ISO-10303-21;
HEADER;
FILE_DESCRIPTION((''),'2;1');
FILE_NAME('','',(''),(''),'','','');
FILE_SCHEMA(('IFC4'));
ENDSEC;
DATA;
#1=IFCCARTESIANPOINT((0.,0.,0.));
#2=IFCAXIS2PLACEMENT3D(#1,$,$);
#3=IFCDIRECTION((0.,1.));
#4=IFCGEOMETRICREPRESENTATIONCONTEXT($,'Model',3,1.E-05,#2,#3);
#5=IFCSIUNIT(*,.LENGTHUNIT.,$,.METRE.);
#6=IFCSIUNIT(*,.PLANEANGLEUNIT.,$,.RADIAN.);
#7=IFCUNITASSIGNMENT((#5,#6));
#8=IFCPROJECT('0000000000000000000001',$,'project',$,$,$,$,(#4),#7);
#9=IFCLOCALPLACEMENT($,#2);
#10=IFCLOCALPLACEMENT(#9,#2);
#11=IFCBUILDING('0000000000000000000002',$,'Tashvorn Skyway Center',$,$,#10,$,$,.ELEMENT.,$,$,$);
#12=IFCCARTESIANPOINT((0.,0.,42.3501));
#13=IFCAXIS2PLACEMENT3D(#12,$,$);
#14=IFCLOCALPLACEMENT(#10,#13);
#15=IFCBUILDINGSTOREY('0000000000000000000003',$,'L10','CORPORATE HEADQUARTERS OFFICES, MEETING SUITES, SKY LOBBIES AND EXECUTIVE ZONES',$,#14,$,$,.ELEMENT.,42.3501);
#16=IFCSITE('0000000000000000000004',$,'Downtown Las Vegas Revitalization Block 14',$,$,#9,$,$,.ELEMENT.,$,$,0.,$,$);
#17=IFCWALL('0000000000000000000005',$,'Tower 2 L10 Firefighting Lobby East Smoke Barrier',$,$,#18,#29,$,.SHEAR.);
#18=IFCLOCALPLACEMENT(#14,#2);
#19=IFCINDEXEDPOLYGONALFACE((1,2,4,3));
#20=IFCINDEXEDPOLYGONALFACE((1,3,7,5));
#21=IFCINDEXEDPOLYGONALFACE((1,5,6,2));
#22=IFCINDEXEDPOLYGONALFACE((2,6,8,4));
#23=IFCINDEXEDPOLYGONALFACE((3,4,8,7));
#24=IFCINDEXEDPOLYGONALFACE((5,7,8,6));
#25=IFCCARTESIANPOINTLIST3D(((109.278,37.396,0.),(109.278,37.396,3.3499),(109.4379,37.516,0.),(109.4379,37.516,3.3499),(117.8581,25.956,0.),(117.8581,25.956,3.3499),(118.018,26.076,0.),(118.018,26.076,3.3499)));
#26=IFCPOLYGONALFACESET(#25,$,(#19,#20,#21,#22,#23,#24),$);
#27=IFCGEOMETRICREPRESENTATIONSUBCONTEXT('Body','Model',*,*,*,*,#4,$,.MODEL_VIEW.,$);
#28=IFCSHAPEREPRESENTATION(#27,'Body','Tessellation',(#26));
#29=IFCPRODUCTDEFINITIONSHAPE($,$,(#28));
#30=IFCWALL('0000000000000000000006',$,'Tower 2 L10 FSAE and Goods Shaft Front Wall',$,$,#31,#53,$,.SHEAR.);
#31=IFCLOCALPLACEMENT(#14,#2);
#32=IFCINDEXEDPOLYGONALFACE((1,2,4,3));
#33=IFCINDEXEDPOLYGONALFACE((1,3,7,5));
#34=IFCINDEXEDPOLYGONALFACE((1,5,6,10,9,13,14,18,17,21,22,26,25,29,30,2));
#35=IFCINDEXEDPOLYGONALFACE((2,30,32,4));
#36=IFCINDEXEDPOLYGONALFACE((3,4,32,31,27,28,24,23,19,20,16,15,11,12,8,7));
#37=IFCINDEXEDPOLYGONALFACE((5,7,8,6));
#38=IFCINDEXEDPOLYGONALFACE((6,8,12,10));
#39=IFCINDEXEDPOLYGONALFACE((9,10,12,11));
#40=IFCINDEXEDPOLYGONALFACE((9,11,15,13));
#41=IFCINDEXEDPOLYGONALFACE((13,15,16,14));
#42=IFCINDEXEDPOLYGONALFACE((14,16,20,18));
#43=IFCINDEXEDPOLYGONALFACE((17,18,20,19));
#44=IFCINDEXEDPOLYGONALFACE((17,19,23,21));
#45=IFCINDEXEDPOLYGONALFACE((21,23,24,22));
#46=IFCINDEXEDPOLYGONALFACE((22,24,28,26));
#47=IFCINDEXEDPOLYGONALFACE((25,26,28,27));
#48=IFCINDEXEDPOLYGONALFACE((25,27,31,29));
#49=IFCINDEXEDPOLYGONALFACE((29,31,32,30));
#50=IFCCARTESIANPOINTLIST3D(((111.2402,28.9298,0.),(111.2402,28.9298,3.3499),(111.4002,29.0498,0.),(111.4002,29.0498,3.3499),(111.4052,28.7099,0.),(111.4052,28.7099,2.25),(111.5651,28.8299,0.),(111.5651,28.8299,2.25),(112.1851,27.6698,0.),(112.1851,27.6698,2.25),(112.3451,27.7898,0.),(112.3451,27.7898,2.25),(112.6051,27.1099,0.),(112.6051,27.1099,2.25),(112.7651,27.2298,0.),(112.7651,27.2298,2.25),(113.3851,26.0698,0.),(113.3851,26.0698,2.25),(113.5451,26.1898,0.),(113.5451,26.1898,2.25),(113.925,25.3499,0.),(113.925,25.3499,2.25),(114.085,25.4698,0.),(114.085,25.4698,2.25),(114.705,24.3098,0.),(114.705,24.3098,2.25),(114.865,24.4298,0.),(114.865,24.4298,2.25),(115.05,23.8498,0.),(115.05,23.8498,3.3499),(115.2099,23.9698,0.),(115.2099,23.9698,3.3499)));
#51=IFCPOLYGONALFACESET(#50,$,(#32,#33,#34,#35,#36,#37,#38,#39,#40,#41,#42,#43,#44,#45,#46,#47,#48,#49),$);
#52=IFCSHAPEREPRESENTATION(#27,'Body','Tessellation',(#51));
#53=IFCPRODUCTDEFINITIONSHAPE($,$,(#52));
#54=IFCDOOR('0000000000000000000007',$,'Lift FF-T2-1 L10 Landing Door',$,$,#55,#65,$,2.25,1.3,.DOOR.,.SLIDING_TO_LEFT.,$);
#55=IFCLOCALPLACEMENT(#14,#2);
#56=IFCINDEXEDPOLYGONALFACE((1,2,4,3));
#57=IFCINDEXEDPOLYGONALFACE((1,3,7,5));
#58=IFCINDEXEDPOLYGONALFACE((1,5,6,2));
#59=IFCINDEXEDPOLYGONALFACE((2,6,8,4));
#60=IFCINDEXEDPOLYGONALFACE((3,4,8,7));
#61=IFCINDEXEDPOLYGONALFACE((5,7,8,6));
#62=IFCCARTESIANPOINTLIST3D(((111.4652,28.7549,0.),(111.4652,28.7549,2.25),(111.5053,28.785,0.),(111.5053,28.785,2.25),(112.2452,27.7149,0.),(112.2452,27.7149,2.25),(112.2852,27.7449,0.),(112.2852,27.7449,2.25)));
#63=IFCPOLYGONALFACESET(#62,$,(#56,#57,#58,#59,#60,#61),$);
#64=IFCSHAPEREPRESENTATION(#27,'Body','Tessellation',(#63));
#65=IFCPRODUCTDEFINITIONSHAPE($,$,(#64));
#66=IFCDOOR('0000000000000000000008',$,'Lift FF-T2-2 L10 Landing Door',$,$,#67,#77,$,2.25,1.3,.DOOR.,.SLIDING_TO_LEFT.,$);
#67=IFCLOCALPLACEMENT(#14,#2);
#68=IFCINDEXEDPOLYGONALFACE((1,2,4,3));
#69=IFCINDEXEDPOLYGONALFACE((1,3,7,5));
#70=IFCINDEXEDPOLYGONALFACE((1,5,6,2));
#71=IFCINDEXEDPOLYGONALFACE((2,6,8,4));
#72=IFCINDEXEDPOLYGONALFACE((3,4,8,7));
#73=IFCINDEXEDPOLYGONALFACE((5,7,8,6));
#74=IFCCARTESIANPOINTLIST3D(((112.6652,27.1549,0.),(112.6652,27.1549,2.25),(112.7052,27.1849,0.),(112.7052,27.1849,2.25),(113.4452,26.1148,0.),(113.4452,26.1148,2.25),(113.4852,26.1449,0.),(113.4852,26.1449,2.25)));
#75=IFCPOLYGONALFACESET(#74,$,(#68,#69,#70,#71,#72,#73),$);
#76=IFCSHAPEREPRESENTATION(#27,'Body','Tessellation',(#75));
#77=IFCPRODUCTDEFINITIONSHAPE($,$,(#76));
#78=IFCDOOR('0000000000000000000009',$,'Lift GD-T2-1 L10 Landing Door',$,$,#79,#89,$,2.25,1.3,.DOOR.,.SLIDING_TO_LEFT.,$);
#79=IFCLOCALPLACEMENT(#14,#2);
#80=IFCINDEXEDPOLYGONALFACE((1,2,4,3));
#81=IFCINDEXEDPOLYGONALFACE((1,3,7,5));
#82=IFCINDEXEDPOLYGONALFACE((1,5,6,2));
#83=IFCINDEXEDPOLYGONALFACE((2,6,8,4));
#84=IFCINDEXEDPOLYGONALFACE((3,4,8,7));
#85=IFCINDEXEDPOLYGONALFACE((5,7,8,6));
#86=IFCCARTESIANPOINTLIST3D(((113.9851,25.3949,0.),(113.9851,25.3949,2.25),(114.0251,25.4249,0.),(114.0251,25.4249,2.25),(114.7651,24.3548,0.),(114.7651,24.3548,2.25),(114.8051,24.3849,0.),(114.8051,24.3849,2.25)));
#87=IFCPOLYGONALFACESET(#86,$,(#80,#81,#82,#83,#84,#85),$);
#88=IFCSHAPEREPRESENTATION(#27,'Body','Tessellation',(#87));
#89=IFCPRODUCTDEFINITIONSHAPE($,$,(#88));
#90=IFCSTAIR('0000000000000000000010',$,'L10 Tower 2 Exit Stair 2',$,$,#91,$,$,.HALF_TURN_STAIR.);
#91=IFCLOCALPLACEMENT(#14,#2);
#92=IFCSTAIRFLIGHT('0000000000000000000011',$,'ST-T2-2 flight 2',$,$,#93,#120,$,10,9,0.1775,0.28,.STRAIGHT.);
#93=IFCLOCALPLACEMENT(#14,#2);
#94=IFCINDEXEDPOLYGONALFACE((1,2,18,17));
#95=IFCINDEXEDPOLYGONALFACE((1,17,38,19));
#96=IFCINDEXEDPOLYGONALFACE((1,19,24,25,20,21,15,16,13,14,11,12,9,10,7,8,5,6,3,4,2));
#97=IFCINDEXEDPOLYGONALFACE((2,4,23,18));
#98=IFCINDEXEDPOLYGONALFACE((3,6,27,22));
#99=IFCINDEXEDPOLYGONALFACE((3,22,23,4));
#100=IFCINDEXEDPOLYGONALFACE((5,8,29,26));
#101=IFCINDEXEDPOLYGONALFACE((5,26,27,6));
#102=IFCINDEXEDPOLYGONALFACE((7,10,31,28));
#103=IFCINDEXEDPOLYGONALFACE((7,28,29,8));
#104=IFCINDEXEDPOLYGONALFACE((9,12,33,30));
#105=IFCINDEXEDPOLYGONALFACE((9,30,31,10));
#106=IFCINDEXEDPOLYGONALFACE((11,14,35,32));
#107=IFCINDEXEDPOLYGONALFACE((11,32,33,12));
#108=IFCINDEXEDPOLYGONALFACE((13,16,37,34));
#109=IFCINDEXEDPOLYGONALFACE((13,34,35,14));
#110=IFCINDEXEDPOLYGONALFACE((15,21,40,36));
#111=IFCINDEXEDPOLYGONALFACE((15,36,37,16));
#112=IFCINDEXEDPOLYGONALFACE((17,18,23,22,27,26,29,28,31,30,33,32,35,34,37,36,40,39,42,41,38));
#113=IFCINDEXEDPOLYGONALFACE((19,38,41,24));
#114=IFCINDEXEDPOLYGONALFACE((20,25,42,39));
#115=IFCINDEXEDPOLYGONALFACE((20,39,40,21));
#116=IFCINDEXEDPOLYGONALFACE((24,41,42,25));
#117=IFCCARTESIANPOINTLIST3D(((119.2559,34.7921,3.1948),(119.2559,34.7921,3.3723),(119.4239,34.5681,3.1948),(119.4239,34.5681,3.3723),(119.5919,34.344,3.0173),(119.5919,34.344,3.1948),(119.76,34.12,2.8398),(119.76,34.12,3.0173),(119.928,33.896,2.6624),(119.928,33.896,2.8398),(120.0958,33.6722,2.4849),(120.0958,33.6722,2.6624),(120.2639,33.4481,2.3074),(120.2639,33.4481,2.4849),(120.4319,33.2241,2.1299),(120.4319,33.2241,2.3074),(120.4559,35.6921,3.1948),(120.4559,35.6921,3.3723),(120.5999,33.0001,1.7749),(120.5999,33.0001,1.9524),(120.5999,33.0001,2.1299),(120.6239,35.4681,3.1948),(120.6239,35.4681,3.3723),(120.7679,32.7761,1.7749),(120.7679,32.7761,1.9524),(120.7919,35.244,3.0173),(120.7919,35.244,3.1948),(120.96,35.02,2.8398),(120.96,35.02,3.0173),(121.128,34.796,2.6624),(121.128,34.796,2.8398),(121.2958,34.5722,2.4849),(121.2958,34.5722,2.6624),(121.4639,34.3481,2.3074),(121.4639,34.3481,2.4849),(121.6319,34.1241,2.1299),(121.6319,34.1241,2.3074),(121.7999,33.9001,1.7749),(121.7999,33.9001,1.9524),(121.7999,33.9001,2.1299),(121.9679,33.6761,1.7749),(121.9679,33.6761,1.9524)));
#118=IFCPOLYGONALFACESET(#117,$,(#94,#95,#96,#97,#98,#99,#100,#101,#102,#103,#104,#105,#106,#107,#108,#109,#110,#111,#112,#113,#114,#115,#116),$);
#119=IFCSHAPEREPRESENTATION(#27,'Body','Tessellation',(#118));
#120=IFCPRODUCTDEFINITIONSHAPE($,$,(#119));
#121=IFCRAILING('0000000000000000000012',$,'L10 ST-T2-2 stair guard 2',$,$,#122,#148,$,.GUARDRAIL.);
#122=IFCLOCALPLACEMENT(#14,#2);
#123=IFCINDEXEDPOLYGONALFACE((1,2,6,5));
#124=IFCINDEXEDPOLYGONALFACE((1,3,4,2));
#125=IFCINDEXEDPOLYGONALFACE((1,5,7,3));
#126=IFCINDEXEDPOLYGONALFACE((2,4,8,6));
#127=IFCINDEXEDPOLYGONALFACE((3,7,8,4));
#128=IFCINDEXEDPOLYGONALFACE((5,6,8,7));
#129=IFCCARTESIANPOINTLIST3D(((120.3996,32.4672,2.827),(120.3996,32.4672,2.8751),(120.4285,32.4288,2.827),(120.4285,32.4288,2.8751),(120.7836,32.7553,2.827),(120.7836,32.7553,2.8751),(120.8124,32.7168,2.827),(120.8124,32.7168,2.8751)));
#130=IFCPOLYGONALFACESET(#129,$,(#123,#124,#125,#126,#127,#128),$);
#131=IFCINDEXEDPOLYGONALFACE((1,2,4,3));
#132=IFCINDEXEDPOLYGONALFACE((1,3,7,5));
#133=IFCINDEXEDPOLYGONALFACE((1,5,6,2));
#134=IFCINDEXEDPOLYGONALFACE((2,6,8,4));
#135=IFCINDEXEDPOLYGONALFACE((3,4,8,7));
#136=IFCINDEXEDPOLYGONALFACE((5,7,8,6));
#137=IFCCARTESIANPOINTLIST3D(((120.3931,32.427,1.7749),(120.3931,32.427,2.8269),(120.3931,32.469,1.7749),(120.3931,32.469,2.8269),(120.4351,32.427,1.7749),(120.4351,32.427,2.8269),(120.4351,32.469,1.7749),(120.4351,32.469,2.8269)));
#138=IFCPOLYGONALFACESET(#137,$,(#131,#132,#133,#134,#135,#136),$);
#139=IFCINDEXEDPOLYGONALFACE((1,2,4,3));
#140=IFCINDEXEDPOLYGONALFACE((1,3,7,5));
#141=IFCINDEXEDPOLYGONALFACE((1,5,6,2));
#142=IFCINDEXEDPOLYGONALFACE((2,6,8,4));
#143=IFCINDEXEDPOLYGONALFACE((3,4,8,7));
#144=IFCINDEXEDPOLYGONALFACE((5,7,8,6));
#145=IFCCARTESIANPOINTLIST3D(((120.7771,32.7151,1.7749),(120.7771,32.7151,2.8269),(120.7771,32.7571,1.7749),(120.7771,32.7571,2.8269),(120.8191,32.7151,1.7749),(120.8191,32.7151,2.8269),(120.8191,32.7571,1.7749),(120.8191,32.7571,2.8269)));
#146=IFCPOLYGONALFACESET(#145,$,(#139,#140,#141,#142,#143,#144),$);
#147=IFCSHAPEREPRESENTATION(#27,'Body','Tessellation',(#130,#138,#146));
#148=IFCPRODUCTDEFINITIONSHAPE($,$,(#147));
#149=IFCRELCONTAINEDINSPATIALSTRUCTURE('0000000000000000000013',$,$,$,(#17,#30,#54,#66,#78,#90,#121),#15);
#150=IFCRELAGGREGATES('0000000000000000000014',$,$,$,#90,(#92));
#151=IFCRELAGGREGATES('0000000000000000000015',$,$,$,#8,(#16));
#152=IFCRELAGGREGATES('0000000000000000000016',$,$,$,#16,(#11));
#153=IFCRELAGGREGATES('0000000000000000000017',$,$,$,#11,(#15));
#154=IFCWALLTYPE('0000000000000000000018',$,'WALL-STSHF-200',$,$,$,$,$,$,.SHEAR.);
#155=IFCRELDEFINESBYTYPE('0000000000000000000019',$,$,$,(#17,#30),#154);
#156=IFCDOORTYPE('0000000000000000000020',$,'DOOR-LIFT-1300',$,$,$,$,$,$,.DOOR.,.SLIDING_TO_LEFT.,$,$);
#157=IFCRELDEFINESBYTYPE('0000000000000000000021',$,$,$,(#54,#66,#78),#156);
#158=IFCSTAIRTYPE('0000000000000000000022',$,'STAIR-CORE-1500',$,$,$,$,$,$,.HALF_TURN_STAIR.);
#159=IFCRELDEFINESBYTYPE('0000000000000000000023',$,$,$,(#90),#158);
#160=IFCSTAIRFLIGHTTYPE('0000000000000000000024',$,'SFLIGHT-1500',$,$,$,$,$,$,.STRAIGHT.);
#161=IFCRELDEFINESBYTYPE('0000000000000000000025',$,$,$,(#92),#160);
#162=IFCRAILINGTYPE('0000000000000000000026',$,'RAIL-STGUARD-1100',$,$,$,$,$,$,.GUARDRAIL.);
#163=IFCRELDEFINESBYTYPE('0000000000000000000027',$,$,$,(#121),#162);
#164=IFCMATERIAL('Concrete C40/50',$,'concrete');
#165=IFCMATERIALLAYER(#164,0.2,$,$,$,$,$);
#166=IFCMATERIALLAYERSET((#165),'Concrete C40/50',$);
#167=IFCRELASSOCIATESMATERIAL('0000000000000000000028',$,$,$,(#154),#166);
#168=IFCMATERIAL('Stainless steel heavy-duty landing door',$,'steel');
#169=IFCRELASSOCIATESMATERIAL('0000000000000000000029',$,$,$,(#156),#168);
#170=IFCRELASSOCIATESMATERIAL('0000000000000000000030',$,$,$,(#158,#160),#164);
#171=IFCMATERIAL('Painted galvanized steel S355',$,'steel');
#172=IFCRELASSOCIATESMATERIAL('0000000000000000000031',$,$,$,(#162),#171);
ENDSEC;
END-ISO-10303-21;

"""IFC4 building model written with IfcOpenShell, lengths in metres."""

from ifc_helpers import new_model, si_unit, direction, frame, frame_2d, origin, origin_2d, place, context, subcontext, project, spatial, polyline, rectangle, outline, extrude, material, layer, layer_set, type_object, element, fill, aggregate, save


model = new_model("IFC4")

# Units and contexts
model_context = context("Model", 3, precision=1e-05, world=origin(), true_north=direction((0.0, 1.0)))
body_context = subcontext(model_context, "Body", "Model", "MODEL_VIEW")
ifc_project = project(units=[si_unit("LENGTHUNIT", "METRE"), si_unit("PLANEANGLEUNIT", "RADIAN")], contexts=[model_context])

# Site, building, storey
site_placement = place(None, origin())
site = spatial("IfcSite", under=ifc_project, at=site_placement, Name="Downtown Las Vegas Revitalization Block 14", CompositionType="ELEMENT", RefElevation=0.0)
building_placement = place(site_placement, origin())
building = spatial("IfcBuilding", under=site, at=building_placement, Name="Tashvorn Skyway Center", CompositionType="ELEMENT")
storey_placement = place(building_placement, frame((0.0, 0.0, 42.3501)))
storey = spatial("IfcBuildingStorey", under=building, at=storey_placement, Name="L10", Description="CORPORATE HEADQUARTERS OFFICES, MEETING SUITES, SKY LOBBIES AND EXECUTIVE ZONES", CompositionType="ELEMENT", Elevation=42.3501)

# Shared definitions
ifc_material_1 = material(Name="Concrete C40/50", Category="concrete")

# Wall
ifc_layer_1 = layer(ifc_material_1, 0.2)
ifc_layer_set_1 = layer_set([ifc_layer_1], Name="Concrete C40/50")
wall_type_1 = type_object("IfcWallType", Name="WALL-STSHF-200", PredefinedType="SHEAR", material=ifc_layer_set_1)
wall_1_placement = place(storey_placement, frame((117.938, 26.0161, 0.0), z_axis=(0.0, 0.0, 1.0), x_axis=(-0.600005, 0.799996, 0.0)))
element("IfcWall", 1, at=wall_1_placement, inside=storey, type_object=wall_type_1, Name="Tower 2 L10 Firefighting Lobby East Smoke Barrier", PredefinedType="SHEAR", context=body_context, shape_type="SweptSolid", body=[
    extrude(rectangle(XDim=14.3, YDim=0.2, at=frame_2d((7.1499, 0.0))), origin(), (0.0, 0.0, 1.0), 3.3499),
])

# Wall, openings, doors
wall_2_placement = place(storey_placement, frame((115.1299, 23.9099, 0.0), z_axis=(0.0, 0.0, 1.0), x_axis=(-0.599975, 0.800018, 0.0)))
wall_2 = element("IfcWall", 2, at=wall_2_placement, inside=storey, type_object=wall_type_1, Name="Tower 2 L10 FSAE and Goods Shaft Front Wall", PredefinedType="SHEAR", context=body_context, shape_type="SweptSolid", body=[
    extrude(rectangle(XDim=6.3499, YDim=0.2, at=frame_2d((3.1748, 0.0))), origin(), (0.0, 0.0, 1.0), 3.3499),
])
opening_1_placement = place(wall_2_placement, frame((4.7749, 0.0, 0.0)))
opening_1 = element("IfcOpeningElement", 3, at=opening_1_placement, cuts=wall_2, PredefinedType="OPENING", context=body_context, shape_type="SweptSolid", body=[
    extrude(rectangle(XDim=1.3, YDim=2.25, at=frame_2d((0.6499, 1.125))), frame((0.0, 0.1099, 0.0), z_axis=(0.0, -1.0, 0.0), x_axis=(1.0, 0.0, 0.0)), (0.0, 0.0, 1.0), 0.22),
])
opening_2_placement = place(wall_2_placement, frame((2.7749, 0.0, 0.0)))
opening_2 = element("IfcOpeningElement", 4, at=opening_2_placement, cuts=wall_2, PredefinedType="OPENING", context=body_context, shape_type="SweptSolid", body=[
    extrude(rectangle(XDim=1.3, YDim=2.25, at=frame_2d((0.6499, 1.125))), frame((0.0, 0.1099, 0.0), z_axis=(0.0, -1.0, 0.0), x_axis=(1.0, 0.0, 0.0)), (0.0, 0.0, 1.0), 0.22),
])
opening_3_placement = place(wall_2_placement, frame((0.575, 0.0, 0.0)))
opening_3 = element("IfcOpeningElement", 5, at=opening_3_placement, cuts=wall_2, PredefinedType="OPENING", context=body_context, shape_type="SweptSolid", body=[
    extrude(rectangle(XDim=1.3, YDim=2.25, at=frame_2d((0.6499, 1.125))), frame((0.0, 0.1099, 0.0), z_axis=(0.0, -1.0, 0.0), x_axis=(1.0, 0.0, 0.0)), (0.0, 0.0, 1.0), 0.22),
])
ifc_material_2 = material(Name="Stainless steel heavy-duty landing door", Category="steel")
door_type_1 = type_object("IfcDoorType", Name="DOOR-LIFT-1300", OperationType="SLIDING_TO_LEFT", PredefinedType="DOOR", material=ifc_material_2)
door_1_placement = place(opening_1_placement, origin())
door_1 = element("IfcDoor", 6, at=door_1_placement, inside=storey, type_object=door_type_1, Name="Lift FF-T2-1 L10 Landing Door", OperationType="SLIDING_TO_LEFT", OverallHeight=2.25, OverallWidth=1.3, PredefinedType="DOOR", context=body_context, shape_type="SweptSolid", body=[
    extrude(rectangle(XDim=1.3, YDim=2.25, at=frame_2d((0.6499, 1.125))), frame((0.0, 0.0249, 0.0), z_axis=(0.0, -1.0, 0.0), x_axis=(1.0, 0.0, 0.0)), (0.0, 0.0, 1.0), 0.05),
])
fill(opening_1, door_1)
door_2_placement = place(opening_2_placement, origin())
door_2 = element("IfcDoor", 7, at=door_2_placement, inside=storey, type_object=door_type_1, Name="Lift FF-T2-2 L10 Landing Door", OperationType="SLIDING_TO_LEFT", OverallHeight=2.25, OverallWidth=1.3, PredefinedType="DOOR", context=body_context, shape_type="SweptSolid", body=[
    extrude(rectangle(XDim=1.3, YDim=2.25, at=frame_2d((0.6499, 1.125))), frame((0.0, 0.0249, 0.0), z_axis=(0.0, -1.0, 0.0), x_axis=(1.0, 0.0, 0.0)), (0.0, 0.0, 1.0), 0.05),
])
fill(opening_2, door_2)
door_3_placement = place(opening_3_placement, origin())
door_3 = element("IfcDoor", 8, at=door_3_placement, inside=storey, type_object=door_type_1, Name="Lift GD-T2-1 L10 Landing Door", OperationType="SLIDING_TO_LEFT", OverallHeight=2.25, OverallWidth=1.3, PredefinedType="DOOR", context=body_context, shape_type="SweptSolid", body=[
    extrude(rectangle(XDim=1.3, YDim=2.25, at=frame_2d((0.6499, 1.125))), frame((0.0, 0.0249, 0.0), z_axis=(0.0, -1.0, 0.0), x_axis=(1.0, 0.0, 0.0)), (0.0, 0.0, 1.0), 0.05),
])
fill(opening_3, door_3)

# Stair, stair flight
stair_type = type_object("IfcStairType", Name="STAIR-CORE-1500", PredefinedType="HALF_TURN_STAIR", material=ifc_material_1)
stair_placement = place(storey_placement, origin())
stair = element("IfcStair", 9, at=stair_placement, inside=storey, type_object=stair_type, Name="L10 Tower 2 Exit Stair 2", PredefinedType="HALF_TURN_STAIR")
stair_flight_type = type_object("IfcStairFlightType", Name="SFLIGHT-1500", PredefinedType="STRAIGHT", material=ifc_material_1)
stair_flight_placement = place(storey_placement, frame((121.3679, 33.2261, 1.7749), z_axis=(0.0, 0.0, 1.0), x_axis=(-0.6, 0.8, 0.0)))
stair_flight = element("IfcStairFlight", 10, at=stair_flight_placement, type_object=stair_flight_type, Name="ST-T2-2 flight 2", NumberOfRisers=10, NumberOfTreads=9, PredefinedType="STRAIGHT", RiserHeight=0.1775, TreadLength=0.28, context=body_context, shape_type="SweptSolid", body=[
    extrude(outline(polyline([(0.0, 0.0), (0.0, 0.1775), (0.28, 0.1775), (0.28, 0.355), (0.5601, 0.355), (0.5601, 0.5325), (0.8401, 0.5325), (0.8401, 0.71), (1.1201, 0.71), (1.1201, 0.8875), (1.3999, 0.8875), (1.3999, 1.0649), (1.6799, 1.0649), (1.6799, 1.2424), (1.96, 1.2424), (1.96, 1.4199), (2.24, 1.4199), (2.24, 1.5974), (2.52, 1.5974), (2.52, 1.7749), (2.52, 1.4199), (0.28, 0.0), (0.0, 0.0)])), frame((0.0, 0.75, 0.0), z_axis=(0.0, -1.0, 0.0), x_axis=(1.0, 0.0, 0.0)), (0.0, 0.0, 1.0), 1.5),
])
aggregate(stair, [stair_flight])

# Railing
ifc_material_3 = material(Name="Painted galvanized steel S355", Category="steel")
railing_type = type_object("IfcRailingType", Name="RAIL-STGUARD-1100", PredefinedType="GUARDRAIL", material=ifc_material_3)
railing_1_placement = place(storey_placement, frame((120.4141, 32.448, 1.7749)))
element("IfcRailing", 11, at=railing_1_placement, inside=storey, type_object=railing_type, Name="L10 ST-T2-2 stair guard 2", PredefinedType="GUARDRAIL", context=body_context, shape_type="SweptSolid", body=[
    extrude(rectangle(XDim=0.0481, YDim=0.0481, at=origin_2d()), frame((0.0, 0.0, 1.0762), z_axis=(0.799939, 0.600081, 0.0), x_axis=(-0.600081, 0.799939, 0.0)), (0.0, 0.0, 1.0), 0.48),
    extrude(rectangle(XDim=0.042, YDim=0.042, at=origin_2d()), origin(), (0.0, 0.0, 1.0), 1.052),
    extrude(rectangle(XDim=0.042, YDim=0.042, at=origin_2d()), frame((0.384, 0.2881, 0.0)), (0.0, 0.0, 1.0), 1.052),
])

save(model, "model.ifc")
